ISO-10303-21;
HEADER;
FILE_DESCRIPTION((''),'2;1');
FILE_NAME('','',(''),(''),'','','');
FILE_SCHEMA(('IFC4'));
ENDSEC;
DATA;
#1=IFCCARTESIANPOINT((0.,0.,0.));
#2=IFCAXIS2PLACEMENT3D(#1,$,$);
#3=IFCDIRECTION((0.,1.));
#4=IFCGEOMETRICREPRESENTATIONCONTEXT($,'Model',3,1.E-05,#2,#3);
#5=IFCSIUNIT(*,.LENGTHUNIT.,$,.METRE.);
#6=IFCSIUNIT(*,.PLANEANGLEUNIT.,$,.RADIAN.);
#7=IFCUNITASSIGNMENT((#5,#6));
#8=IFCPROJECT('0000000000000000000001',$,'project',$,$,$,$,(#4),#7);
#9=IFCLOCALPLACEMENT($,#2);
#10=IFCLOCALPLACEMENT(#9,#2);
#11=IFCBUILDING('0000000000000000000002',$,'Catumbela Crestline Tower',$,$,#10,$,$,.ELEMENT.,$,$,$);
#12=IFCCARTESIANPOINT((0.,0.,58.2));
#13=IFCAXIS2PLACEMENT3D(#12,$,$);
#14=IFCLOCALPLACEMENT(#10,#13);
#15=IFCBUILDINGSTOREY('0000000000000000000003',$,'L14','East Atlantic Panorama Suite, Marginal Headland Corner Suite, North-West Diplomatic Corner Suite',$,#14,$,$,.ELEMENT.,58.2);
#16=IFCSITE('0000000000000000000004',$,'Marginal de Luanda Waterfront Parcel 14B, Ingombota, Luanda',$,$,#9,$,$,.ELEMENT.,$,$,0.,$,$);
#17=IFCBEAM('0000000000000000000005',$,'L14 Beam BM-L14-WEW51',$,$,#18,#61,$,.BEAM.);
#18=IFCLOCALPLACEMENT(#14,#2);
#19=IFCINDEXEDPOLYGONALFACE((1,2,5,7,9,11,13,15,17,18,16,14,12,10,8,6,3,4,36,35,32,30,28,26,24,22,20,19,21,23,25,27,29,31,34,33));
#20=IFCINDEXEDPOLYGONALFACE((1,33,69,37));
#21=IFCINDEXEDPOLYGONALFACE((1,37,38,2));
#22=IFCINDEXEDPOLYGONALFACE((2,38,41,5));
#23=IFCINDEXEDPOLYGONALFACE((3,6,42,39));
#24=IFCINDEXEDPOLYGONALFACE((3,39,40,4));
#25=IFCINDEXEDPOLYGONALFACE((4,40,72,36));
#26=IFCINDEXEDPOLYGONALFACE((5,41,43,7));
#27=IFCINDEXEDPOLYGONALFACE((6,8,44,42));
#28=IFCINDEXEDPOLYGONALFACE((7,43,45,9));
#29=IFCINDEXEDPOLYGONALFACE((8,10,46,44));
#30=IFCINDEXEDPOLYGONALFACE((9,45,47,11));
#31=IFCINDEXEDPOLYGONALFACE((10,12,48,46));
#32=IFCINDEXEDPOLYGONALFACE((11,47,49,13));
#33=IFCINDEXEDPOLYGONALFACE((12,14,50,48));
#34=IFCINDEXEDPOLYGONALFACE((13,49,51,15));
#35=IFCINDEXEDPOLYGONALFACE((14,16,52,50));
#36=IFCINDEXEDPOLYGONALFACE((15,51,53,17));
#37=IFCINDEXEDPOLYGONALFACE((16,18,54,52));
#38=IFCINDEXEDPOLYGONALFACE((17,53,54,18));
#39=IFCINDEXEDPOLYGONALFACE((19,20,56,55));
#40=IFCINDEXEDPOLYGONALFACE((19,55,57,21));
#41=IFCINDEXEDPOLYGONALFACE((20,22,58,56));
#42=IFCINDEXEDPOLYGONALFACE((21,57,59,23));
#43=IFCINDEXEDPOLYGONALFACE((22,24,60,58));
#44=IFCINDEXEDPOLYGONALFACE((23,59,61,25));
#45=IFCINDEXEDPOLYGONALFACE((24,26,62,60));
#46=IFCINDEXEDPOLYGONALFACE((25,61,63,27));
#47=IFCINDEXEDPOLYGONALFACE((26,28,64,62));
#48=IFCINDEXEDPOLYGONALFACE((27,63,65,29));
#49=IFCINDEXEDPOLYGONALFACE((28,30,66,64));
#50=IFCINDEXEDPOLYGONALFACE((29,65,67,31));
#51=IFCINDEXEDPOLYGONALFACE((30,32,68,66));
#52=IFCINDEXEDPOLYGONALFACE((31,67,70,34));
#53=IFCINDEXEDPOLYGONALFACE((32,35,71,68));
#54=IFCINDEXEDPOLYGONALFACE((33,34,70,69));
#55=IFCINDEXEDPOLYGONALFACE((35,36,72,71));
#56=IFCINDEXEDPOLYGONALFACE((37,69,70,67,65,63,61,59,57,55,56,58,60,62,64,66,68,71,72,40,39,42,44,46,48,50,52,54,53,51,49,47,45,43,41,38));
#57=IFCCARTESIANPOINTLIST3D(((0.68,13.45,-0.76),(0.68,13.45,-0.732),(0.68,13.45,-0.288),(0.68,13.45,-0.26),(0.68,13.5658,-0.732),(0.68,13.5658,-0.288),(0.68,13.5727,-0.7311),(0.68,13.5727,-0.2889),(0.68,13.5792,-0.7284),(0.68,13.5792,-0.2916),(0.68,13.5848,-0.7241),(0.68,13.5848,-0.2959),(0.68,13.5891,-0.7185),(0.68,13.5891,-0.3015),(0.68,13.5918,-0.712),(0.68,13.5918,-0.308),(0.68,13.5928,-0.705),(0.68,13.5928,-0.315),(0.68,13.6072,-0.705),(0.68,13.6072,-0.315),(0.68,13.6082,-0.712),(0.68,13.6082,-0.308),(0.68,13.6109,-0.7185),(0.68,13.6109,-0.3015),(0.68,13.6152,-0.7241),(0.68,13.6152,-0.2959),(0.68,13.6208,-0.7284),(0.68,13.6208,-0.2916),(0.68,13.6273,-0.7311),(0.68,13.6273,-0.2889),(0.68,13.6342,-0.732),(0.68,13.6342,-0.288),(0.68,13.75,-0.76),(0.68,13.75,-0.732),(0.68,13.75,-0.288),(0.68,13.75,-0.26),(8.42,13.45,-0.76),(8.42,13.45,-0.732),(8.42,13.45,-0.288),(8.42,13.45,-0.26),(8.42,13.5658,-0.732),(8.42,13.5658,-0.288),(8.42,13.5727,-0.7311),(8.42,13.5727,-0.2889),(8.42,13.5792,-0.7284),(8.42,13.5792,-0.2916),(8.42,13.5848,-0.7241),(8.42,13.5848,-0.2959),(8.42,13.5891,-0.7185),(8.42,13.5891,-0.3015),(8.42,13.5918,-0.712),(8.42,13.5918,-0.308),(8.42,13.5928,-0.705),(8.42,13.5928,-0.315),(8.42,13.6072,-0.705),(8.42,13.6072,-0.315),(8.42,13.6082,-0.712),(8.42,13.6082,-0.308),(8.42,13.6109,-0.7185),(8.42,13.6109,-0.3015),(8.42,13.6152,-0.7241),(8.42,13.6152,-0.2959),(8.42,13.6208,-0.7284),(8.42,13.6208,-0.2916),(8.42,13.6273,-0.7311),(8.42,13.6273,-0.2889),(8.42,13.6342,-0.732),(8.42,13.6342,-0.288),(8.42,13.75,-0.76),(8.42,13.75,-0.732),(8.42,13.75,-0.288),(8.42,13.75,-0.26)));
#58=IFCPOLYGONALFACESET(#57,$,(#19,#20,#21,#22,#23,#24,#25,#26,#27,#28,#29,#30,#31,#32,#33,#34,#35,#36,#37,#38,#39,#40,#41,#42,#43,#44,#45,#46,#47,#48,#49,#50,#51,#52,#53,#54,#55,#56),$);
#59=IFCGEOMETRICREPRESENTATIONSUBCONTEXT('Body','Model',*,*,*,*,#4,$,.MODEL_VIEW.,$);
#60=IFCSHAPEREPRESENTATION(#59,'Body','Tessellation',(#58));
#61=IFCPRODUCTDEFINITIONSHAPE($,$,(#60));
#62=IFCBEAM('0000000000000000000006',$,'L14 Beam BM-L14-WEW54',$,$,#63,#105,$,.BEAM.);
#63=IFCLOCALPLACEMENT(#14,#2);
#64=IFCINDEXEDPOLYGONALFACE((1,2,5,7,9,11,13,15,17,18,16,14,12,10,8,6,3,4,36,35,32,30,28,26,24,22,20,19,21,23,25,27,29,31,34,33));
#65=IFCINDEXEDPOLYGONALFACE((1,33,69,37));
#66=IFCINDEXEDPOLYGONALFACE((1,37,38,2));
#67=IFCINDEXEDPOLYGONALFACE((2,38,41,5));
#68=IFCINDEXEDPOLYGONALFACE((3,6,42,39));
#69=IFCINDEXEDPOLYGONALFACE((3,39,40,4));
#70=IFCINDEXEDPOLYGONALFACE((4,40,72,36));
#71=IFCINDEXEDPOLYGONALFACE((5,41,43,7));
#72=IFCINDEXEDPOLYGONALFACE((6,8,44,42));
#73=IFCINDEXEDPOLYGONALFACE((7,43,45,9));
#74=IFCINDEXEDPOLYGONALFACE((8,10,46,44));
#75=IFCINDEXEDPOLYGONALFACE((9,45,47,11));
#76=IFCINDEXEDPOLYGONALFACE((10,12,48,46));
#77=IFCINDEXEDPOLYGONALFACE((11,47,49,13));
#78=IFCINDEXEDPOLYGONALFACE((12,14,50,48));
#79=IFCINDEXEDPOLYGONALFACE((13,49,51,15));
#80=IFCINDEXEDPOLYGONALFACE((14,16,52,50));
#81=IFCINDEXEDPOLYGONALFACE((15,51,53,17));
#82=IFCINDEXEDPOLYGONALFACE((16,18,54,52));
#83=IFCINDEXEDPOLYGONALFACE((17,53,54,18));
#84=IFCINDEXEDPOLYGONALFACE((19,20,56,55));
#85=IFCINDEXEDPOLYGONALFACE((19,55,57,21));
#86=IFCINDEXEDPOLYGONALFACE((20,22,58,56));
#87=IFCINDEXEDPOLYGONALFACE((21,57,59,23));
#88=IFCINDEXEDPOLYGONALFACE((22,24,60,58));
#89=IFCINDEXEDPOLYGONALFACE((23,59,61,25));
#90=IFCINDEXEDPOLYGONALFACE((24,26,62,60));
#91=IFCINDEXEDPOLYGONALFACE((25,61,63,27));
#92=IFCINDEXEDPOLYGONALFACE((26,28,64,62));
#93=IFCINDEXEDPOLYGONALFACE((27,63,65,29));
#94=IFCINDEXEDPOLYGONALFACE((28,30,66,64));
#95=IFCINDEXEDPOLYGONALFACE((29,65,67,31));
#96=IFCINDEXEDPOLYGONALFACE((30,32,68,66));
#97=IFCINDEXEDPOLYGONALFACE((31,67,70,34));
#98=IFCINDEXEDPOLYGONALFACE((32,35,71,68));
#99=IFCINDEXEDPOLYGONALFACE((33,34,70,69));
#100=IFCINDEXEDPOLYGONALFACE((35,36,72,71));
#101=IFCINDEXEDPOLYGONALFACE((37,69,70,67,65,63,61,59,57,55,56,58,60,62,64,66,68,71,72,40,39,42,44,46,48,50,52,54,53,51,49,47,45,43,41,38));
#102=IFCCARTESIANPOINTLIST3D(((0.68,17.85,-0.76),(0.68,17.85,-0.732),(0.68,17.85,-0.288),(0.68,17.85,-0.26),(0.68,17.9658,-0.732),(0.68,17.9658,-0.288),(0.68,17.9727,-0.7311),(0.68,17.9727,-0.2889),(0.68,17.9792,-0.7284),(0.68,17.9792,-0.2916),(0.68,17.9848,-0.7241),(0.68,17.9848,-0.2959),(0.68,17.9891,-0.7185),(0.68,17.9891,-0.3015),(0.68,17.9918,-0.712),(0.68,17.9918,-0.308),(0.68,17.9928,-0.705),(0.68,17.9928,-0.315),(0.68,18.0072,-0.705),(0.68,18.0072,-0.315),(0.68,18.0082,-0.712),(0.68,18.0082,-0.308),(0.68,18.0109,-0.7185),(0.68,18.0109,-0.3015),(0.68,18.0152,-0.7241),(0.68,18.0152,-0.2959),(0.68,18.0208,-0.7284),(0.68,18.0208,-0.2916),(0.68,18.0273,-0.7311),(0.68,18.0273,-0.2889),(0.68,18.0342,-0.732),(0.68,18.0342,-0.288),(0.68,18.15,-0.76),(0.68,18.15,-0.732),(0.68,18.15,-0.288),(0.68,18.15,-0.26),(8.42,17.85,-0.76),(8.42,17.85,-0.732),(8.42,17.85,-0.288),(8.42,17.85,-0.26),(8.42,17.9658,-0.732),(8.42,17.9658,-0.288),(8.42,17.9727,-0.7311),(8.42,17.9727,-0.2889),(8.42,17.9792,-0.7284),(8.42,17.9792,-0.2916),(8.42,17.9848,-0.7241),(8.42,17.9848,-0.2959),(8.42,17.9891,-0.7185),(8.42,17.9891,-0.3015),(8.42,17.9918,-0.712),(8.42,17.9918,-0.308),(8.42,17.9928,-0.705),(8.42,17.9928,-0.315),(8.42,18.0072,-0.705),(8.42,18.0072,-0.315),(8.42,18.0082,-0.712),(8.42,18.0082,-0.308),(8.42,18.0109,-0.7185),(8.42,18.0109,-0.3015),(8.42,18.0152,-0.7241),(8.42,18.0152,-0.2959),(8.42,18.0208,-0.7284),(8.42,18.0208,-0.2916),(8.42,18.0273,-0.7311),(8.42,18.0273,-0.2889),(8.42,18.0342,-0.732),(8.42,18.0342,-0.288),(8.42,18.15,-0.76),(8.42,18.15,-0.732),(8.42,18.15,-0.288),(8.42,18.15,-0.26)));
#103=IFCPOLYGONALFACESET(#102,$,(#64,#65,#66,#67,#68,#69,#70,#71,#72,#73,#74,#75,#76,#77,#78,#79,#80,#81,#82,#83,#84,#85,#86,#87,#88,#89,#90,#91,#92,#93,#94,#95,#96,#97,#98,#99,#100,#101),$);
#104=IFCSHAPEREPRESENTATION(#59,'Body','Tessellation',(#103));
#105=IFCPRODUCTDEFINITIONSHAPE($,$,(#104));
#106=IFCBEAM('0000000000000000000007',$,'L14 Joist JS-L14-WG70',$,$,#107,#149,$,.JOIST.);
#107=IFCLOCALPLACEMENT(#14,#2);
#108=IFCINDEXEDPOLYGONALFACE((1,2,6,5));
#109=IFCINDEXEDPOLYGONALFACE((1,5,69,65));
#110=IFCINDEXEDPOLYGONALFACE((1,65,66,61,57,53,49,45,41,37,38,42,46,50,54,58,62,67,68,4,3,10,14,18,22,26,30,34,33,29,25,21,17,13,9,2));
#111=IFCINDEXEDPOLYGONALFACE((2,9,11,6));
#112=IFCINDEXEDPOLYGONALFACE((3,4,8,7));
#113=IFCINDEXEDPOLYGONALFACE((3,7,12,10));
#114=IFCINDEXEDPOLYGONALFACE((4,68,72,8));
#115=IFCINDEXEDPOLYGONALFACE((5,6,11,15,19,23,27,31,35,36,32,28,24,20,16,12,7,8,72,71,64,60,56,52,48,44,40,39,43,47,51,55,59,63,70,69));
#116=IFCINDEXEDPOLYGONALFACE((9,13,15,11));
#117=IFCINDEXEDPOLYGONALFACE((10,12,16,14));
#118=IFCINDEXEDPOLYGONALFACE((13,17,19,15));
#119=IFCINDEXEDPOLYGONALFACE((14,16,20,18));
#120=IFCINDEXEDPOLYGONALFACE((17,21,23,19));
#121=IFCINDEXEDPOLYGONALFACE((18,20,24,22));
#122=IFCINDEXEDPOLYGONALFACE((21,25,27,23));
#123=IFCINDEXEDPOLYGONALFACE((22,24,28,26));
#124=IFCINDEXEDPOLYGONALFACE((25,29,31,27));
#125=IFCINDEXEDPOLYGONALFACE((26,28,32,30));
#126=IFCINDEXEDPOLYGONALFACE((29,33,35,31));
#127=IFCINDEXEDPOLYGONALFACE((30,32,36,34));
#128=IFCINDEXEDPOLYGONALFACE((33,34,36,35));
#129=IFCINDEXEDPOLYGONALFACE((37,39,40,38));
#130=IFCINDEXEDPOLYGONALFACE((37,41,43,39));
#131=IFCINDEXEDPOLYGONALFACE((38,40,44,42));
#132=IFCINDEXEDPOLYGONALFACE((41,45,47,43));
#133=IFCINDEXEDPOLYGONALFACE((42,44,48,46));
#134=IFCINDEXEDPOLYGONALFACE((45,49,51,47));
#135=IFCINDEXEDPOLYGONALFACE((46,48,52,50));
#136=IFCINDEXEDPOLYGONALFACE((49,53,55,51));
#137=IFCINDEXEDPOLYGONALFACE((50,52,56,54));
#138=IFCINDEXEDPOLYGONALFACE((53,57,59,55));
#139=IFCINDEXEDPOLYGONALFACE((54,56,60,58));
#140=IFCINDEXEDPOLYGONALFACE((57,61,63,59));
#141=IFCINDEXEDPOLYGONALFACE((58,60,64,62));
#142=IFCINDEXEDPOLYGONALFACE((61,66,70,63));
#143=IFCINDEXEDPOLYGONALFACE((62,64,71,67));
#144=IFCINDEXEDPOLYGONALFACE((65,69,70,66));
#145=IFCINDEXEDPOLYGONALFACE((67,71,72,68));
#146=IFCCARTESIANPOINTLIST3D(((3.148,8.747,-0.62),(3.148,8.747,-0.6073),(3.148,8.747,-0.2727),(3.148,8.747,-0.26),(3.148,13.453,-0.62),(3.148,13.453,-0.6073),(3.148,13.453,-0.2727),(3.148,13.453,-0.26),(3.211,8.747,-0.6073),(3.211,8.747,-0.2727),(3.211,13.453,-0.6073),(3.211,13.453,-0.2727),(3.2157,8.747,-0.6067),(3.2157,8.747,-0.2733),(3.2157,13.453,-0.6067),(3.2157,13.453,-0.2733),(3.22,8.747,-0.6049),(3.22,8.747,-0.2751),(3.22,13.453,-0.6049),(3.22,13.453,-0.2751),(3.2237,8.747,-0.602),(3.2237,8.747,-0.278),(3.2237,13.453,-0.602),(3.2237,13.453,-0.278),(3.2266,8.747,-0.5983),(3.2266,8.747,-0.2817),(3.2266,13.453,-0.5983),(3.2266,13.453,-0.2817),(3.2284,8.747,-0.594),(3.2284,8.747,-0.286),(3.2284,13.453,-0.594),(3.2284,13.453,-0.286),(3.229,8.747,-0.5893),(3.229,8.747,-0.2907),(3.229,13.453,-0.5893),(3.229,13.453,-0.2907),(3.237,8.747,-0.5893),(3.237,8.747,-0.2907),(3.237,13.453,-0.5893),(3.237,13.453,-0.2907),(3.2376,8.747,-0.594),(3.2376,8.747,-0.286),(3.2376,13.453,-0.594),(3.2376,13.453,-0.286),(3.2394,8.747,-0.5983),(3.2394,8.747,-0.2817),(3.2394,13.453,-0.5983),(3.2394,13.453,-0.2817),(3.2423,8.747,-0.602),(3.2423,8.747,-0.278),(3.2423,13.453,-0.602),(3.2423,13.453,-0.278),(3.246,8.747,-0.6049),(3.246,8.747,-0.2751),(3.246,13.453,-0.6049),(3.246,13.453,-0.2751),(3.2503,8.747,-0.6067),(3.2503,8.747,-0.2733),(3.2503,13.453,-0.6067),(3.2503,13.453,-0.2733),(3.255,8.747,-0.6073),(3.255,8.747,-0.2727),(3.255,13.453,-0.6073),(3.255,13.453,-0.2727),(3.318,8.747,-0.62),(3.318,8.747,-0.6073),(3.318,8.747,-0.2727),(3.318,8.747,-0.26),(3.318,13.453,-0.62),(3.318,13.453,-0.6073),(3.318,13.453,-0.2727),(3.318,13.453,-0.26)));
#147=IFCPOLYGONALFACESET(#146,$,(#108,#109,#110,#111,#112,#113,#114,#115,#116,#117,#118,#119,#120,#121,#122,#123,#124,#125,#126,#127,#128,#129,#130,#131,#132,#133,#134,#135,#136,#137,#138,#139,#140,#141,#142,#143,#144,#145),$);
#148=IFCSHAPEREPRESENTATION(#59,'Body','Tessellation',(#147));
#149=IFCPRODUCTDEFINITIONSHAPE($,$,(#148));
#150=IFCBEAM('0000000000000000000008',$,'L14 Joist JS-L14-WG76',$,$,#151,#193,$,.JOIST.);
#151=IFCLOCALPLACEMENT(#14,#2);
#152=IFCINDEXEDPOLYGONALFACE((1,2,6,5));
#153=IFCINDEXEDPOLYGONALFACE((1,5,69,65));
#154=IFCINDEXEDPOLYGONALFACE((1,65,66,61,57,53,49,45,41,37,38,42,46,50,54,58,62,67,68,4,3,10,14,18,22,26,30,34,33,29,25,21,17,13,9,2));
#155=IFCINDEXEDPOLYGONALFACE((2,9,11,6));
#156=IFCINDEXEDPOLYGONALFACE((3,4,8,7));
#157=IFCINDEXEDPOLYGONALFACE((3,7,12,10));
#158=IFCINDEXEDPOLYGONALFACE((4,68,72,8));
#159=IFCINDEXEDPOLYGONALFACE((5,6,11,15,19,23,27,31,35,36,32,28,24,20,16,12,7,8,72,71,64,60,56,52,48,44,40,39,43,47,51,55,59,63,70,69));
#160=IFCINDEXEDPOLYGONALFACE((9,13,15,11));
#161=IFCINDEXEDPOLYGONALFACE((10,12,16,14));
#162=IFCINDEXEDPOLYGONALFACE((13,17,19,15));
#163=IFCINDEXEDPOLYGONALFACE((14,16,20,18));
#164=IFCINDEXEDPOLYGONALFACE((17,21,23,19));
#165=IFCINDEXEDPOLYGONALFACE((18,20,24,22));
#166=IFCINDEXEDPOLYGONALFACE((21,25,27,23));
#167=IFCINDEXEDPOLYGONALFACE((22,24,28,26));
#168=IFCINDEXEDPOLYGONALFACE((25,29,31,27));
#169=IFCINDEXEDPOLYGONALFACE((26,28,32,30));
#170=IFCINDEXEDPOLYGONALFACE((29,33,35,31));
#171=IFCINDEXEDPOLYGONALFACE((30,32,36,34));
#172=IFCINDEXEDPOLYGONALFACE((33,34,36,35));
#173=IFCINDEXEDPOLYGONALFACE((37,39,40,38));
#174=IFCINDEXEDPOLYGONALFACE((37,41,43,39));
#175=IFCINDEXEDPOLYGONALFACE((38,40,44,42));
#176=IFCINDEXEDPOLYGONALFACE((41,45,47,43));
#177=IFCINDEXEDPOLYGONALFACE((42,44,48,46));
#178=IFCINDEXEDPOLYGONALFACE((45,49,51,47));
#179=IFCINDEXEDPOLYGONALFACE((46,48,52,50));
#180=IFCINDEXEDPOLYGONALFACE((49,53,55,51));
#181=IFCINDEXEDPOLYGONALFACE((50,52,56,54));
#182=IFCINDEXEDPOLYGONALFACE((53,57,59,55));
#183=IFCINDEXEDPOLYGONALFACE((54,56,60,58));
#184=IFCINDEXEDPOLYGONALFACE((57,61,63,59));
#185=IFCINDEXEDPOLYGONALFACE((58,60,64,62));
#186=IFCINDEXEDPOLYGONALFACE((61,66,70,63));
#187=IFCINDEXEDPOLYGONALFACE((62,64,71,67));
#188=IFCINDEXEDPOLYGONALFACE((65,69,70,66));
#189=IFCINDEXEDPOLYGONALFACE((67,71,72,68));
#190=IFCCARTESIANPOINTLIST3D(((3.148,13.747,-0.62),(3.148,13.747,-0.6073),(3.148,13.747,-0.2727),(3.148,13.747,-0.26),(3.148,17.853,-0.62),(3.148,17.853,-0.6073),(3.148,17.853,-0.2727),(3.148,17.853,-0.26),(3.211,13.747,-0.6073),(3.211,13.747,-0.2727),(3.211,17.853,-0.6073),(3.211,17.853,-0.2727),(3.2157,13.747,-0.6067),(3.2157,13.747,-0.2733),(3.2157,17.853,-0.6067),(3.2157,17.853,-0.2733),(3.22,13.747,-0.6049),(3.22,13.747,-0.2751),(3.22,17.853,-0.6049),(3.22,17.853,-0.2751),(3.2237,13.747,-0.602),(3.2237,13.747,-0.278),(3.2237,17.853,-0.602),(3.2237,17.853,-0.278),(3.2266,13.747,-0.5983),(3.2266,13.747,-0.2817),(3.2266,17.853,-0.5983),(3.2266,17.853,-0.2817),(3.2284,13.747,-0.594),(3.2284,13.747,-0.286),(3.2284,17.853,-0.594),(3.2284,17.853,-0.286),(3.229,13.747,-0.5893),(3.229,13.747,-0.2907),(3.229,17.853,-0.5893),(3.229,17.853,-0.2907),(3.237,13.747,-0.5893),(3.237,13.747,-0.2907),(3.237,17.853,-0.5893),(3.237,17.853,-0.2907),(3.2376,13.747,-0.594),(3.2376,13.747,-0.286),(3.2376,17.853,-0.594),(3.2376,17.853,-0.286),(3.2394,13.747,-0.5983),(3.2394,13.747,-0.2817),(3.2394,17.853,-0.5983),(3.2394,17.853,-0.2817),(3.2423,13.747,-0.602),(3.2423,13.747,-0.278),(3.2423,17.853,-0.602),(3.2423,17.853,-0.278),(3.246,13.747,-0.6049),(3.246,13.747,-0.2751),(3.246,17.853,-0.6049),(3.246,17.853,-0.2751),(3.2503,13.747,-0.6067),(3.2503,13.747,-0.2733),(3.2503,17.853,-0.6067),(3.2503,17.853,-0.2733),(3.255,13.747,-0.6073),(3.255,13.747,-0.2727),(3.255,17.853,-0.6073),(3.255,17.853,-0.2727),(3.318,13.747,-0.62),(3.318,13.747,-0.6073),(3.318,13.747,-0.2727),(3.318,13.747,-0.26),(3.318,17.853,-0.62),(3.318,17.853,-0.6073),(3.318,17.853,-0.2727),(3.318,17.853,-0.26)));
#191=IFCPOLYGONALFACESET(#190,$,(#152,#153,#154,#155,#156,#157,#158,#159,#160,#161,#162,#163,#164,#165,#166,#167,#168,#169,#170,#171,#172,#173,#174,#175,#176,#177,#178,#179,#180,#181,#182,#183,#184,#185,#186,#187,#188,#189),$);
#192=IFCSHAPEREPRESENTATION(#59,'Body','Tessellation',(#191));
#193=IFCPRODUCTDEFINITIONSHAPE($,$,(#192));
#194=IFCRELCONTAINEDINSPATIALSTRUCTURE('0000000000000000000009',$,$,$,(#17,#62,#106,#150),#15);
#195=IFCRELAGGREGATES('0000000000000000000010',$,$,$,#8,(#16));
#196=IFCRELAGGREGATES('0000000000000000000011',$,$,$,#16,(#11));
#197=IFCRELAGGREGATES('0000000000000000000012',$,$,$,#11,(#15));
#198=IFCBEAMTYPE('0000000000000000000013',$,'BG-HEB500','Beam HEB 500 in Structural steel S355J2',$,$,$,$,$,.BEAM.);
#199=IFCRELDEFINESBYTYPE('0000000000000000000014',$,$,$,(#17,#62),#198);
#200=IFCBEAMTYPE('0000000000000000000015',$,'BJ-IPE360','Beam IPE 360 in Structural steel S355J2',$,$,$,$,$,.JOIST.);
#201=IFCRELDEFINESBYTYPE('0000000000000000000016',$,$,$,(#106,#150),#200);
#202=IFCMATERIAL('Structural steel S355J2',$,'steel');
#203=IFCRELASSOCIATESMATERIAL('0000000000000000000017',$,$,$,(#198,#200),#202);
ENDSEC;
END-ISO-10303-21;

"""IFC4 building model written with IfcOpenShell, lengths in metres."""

from ifc_helpers import new_model, si_unit, direction, frame, origin, origin_2d, place, context, subcontext, project, spatial, i_section, extrude, material, material_profile, profile_set, type_object, element, save


model = new_model("IFC4")

# Units and contexts
model_context = context("Model", 3, precision=1e-05, world=origin(), true_north=direction((0.0, 1.0)))
body_context = subcontext(model_context, "Body", "Model", "MODEL_VIEW")
ifc_project = project(units=[si_unit("LENGTHUNIT", "METRE"), si_unit("PLANEANGLEUNIT", "RADIAN")], contexts=[model_context])

# Site, building, storey
site_placement = place(None, origin())
site = spatial("IfcSite", under=ifc_project, at=site_placement, Name="Marginal de Luanda Waterfront Parcel 14B, Ingombota, Luanda", CompositionType="ELEMENT", RefElevation=0.0)
building_placement = place(site_placement, origin())
building = spatial("IfcBuilding", under=site, at=building_placement, Name="Catumbela Crestline Tower", CompositionType="ELEMENT")
storey_placement = place(building_placement, frame((0.0, 0.0, 58.2)))
storey = spatial("IfcBuildingStorey", under=building, at=storey_placement, Name="L14", Description="East Atlantic Panorama Suite, Marginal Headland Corner Suite, North-West Diplomatic Corner Suite", CompositionType="ELEMENT", Elevation=58.2)

# Beams
ifc_material_1 = material(Name="Structural steel S355J2", Category="steel")
ifc_material_profile_1 = material_profile(ifc_material_1, i_section(OverallWidth=0.3, OverallDepth=0.5, WebThickness=0.0145, FlangeThickness=0.028, FilletRadius=0.027, at=origin_2d()), Name="HEB 500")
ifc_profile_set_1 = profile_set([ifc_material_profile_1], Name="Structural steel S355J2")
beam_type_1 = type_object("IfcBeamType", Name="BG-HEB500", Description="Beam HEB 500 in Structural steel S355J2", PredefinedType="BEAM", material=ifc_profile_set_1)
for number, where, z_axis, x_axis, name in (
    (1, (0.68, 13.6, -0.51), (1.0, 0.0, 0.0), (0.0, 1.0, 0.0), "L14 Beam BM-L14-WEW51"),
    (2, (0.68, 18.0, -0.51), (1.0, 0.0, 0.0), (0.0, 1.0, 0.0), "L14 Beam BM-L14-WEW54"),
):
    element("IfcBeam", number, at=place(storey_placement, frame(where, z_axis=z_axis, x_axis=x_axis)), inside=storey, type_object=beam_type_1, Name=name, PredefinedType="BEAM", context=body_context, shape_type="SweptSolid", body=[
        extrude(i_section(OverallWidth=0.3, OverallDepth=0.5, WebThickness=0.0145, FlangeThickness=0.028, FilletRadius=0.027, at=origin_2d()), origin(), (0.0, 0.0, 1.0), 7.74),
    ])
ifc_material_profile_2 = material_profile(ifc_material_1, i_section(OverallWidth=0.17, OverallDepth=0.36, WebThickness=0.008, FlangeThickness=0.0127, FilletRadius=0.018, at=origin_2d()), Name="IPE 360")
ifc_profile_set_2 = profile_set([ifc_material_profile_2], Name="Structural steel S355J2")
beam_type_2 = type_object("IfcBeamType", Name="BJ-IPE360", Description="Beam IPE 360 in Structural steel S355J2", PredefinedType="JOIST", material=ifc_profile_set_2)
beam_1_placement = place(storey_placement, frame((3.233, 8.747, -0.44), z_axis=(0.0, 1.0, 0.0), x_axis=(-1.0, 0.0, 0.0)))
element("IfcBeam", 3, at=beam_1_placement, inside=storey, type_object=beam_type_2, Name="L14 Joist JS-L14-WG70", PredefinedType="JOIST", context=body_context, shape_type="SweptSolid", body=[
    extrude(i_section(OverallWidth=0.17, OverallDepth=0.36, WebThickness=0.008, FlangeThickness=0.0127, FilletRadius=0.018, at=origin_2d()), origin(), (0.0, 0.0, 1.0), 4.706),
])
beam_2_placement = place(storey_placement, frame((3.233, 13.747, -0.44), z_axis=(0.0, 1.0, 0.0), x_axis=(-1.0, 0.0, 0.0)))
element("IfcBeam", 4, at=beam_2_placement, inside=storey, type_object=beam_type_2, Name="L14 Joist JS-L14-WG76", PredefinedType="JOIST", context=body_context, shape_type="SweptSolid", body=[
    extrude(i_section(OverallWidth=0.17, OverallDepth=0.36, WebThickness=0.008, FlangeThickness=0.0127, FilletRadius=0.018, at=origin_2d()), origin(), (0.0, 0.0, 1.0), 4.106),
])

save(model, "model.ifc")
